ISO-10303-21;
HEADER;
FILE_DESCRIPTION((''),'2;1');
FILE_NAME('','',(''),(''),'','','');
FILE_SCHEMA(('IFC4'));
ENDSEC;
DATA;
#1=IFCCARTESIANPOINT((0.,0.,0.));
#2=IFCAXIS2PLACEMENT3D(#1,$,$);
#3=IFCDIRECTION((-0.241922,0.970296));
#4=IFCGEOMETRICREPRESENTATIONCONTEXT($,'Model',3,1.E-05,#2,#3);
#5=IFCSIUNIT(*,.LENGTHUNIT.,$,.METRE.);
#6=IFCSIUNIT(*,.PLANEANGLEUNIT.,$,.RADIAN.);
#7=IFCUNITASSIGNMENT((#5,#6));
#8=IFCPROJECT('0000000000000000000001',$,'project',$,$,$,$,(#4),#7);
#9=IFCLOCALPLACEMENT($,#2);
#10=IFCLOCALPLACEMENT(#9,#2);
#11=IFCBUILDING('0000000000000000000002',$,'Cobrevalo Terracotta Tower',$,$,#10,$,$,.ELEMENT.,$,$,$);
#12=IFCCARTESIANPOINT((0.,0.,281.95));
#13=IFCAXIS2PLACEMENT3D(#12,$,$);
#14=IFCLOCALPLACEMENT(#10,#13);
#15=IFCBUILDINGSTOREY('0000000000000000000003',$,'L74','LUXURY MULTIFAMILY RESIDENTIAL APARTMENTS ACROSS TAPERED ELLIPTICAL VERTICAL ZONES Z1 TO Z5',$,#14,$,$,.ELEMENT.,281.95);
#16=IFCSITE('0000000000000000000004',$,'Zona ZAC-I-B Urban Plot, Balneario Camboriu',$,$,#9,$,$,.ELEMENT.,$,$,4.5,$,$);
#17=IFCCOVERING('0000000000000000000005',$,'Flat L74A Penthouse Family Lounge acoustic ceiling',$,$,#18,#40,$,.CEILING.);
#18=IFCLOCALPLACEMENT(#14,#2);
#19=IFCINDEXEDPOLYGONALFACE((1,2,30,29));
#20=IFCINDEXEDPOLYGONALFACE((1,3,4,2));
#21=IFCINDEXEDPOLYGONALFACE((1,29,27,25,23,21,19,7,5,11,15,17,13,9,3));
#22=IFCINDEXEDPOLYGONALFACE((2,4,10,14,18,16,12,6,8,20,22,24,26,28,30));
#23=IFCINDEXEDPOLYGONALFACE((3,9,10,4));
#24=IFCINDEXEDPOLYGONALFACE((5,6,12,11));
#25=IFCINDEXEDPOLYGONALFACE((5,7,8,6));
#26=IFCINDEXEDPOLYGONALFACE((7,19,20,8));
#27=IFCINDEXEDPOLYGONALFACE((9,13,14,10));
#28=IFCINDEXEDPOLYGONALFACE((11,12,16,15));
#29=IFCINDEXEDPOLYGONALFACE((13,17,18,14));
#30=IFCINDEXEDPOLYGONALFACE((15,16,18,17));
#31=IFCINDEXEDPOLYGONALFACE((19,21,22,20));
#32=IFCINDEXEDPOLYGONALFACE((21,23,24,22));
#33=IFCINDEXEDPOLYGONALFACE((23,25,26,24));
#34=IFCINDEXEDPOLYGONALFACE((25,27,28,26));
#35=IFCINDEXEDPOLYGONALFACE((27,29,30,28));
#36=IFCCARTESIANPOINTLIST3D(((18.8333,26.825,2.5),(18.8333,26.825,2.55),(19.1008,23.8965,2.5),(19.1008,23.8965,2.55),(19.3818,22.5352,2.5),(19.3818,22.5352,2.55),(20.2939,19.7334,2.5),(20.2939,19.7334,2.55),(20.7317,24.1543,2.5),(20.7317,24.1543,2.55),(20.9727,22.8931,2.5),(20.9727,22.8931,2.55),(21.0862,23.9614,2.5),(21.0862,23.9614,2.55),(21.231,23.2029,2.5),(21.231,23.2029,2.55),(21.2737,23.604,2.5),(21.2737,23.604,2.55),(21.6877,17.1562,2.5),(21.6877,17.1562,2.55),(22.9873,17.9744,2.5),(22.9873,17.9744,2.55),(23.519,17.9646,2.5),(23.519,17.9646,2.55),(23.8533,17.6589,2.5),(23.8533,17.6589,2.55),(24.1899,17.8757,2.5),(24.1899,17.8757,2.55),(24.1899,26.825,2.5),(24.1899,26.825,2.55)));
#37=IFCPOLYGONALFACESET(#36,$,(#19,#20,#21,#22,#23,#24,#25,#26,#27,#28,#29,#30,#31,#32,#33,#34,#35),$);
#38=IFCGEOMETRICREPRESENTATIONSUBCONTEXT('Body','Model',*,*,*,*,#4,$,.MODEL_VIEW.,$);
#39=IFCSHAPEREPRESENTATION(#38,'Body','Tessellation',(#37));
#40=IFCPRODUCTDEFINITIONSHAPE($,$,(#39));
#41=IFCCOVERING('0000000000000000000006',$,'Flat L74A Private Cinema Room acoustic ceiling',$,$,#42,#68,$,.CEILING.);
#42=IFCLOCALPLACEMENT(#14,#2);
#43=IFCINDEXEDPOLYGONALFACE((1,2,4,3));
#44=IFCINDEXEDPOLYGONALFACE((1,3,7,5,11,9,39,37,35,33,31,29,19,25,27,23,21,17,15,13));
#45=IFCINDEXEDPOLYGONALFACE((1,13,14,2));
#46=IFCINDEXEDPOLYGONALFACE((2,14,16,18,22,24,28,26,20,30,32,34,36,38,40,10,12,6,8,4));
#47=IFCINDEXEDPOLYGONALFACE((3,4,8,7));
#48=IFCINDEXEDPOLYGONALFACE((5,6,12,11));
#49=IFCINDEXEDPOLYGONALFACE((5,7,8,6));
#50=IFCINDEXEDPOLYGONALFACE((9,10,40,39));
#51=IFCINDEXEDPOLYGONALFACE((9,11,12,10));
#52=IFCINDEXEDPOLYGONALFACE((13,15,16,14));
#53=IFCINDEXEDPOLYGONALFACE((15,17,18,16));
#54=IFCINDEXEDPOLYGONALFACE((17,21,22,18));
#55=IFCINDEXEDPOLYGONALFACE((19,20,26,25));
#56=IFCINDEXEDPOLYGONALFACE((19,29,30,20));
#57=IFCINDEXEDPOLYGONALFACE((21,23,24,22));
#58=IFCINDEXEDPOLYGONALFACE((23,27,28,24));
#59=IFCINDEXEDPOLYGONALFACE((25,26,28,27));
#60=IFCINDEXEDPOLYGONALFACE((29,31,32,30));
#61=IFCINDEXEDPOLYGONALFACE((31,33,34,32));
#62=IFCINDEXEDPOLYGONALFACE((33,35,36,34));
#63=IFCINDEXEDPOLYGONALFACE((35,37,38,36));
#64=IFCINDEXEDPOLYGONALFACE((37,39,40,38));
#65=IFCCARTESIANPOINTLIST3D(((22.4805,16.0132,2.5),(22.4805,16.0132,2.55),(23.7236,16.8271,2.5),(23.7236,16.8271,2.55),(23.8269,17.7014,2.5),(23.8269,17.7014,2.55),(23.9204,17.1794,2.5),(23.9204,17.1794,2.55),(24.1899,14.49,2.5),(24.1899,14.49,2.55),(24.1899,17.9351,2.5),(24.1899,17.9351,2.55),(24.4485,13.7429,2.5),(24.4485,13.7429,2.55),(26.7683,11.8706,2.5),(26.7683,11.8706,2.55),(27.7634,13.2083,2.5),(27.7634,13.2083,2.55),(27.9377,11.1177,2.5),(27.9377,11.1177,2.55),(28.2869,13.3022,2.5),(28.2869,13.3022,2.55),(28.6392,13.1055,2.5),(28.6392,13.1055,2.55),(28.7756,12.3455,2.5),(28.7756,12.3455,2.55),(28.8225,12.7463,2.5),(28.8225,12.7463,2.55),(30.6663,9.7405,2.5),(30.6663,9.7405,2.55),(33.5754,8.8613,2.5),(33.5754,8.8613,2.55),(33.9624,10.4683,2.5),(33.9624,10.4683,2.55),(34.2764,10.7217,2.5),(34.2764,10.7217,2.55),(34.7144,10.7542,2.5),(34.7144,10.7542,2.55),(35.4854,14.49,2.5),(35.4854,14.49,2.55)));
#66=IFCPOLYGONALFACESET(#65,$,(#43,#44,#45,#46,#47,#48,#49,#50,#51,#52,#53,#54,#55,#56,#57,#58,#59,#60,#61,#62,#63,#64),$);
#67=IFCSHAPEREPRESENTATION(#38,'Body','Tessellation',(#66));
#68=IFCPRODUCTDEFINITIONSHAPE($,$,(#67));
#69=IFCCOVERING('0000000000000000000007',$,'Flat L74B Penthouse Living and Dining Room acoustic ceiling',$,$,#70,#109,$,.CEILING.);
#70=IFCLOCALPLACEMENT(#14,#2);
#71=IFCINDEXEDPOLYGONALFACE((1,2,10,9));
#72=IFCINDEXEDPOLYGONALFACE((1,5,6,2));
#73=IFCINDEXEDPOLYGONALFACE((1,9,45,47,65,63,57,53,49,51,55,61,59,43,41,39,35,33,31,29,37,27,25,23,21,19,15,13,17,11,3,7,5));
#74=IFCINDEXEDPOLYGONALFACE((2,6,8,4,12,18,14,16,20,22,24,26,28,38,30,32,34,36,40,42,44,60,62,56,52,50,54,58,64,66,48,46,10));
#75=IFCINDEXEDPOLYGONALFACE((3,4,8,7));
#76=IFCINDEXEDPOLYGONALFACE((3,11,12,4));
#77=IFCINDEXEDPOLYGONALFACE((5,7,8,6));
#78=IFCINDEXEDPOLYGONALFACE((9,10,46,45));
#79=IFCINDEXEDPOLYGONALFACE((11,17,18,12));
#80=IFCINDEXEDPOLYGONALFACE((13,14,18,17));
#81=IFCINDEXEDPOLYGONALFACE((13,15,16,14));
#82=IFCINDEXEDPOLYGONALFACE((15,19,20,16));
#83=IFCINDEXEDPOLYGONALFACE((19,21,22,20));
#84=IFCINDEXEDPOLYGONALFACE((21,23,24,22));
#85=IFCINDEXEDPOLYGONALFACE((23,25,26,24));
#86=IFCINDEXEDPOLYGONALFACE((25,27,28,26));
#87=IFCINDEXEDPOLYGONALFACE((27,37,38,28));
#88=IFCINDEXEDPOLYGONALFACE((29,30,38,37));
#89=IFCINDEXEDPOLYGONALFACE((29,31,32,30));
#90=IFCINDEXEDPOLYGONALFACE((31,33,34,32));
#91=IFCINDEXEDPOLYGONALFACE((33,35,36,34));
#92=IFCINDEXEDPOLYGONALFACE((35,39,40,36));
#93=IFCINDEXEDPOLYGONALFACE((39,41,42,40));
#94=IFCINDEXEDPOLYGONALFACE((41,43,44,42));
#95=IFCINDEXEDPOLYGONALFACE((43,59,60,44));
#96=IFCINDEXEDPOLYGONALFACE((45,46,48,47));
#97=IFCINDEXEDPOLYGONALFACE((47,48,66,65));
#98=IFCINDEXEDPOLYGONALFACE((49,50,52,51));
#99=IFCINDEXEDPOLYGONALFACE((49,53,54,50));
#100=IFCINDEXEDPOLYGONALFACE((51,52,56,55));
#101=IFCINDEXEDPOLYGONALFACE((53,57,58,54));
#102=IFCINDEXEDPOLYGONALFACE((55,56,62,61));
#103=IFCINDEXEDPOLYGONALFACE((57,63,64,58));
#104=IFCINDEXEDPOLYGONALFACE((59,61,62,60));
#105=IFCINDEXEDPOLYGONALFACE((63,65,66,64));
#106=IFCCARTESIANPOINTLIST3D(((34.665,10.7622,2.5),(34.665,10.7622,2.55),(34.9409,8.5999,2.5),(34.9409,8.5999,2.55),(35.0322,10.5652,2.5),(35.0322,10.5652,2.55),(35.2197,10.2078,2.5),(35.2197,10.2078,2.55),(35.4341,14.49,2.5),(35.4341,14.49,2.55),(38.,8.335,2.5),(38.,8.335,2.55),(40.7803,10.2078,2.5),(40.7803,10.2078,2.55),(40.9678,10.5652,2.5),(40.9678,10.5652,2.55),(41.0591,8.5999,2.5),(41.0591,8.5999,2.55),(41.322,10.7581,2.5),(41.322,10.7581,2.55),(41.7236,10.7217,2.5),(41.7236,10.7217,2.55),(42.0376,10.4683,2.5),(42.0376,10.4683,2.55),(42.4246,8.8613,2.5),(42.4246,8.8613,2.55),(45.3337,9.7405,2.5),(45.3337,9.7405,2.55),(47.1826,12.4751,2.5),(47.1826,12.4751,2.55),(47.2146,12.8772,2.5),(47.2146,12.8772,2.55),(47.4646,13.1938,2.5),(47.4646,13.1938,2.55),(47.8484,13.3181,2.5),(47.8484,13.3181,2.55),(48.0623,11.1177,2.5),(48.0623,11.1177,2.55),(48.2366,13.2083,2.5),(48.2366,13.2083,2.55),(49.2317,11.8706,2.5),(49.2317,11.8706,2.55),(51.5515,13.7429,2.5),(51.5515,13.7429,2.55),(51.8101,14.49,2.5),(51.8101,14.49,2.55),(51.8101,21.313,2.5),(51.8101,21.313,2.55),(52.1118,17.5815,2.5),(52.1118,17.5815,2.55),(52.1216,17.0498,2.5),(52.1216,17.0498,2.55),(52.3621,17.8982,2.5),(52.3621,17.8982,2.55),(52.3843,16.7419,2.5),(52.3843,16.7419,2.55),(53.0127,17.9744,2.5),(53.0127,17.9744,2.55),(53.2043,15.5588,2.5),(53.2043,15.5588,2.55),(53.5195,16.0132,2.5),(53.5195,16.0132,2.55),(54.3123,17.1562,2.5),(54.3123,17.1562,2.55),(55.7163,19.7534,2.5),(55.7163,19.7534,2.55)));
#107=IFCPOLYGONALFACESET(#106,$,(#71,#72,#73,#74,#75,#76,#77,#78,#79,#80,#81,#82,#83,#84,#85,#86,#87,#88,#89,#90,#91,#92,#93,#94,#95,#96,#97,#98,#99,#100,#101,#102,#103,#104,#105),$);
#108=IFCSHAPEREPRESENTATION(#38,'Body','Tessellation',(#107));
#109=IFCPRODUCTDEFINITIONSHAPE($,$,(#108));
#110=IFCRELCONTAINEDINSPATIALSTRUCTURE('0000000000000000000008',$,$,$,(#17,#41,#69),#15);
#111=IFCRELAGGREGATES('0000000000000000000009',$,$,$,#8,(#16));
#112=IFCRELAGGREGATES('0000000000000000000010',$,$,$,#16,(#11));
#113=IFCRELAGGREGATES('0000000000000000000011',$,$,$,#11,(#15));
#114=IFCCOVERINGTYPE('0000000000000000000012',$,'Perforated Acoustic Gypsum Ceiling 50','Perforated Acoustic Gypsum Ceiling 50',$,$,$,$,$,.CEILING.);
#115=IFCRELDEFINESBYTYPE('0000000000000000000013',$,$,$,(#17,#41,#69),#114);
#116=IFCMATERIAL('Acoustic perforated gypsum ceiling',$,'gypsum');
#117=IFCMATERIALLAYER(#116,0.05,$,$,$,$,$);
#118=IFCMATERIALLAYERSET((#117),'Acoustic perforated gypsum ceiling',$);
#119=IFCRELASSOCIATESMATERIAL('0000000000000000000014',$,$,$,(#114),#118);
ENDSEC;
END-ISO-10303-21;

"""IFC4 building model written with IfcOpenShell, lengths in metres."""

from ifc_helpers import new_model, si_unit, direction, frame, origin, place, context, subcontext, project, spatial, polyline, outline, extrude, material, layer, layer_set, type_object, element, save


model = new_model("IFC4")

# Units and contexts
model_context = context("Model", 3, precision=1e-05, world=origin(), true_north=direction((-0.241922, 0.970296)))
body_context = subcontext(model_context, "Body", "Model", "MODEL_VIEW")
ifc_project = project(units=[si_unit("LENGTHUNIT", "METRE"), si_unit("PLANEANGLEUNIT", "RADIAN")], contexts=[model_context])

# Site, building, storey
site_placement = place(None, origin())
site = spatial("IfcSite", under=ifc_project, at=site_placement, Name="Zona ZAC-I-B Urban Plot, Balneario Camboriu", CompositionType="ELEMENT", RefElevation=4.5)
building_placement = place(site_placement, origin())
building = spatial("IfcBuilding", under=site, at=building_placement, Name="Cobrevalo Terracotta Tower", CompositionType="ELEMENT")
storey_placement = place(building_placement, frame((0.0, 0.0, 281.95)))
storey = spatial("IfcBuildingStorey", under=building, at=storey_placement, Name="L74", Description="LUXURY MULTIFAMILY RESIDENTIAL APARTMENTS ACROSS TAPERED ELLIPTICAL VERTICAL ZONES Z1 TO Z5", CompositionType="ELEMENT", Elevation=281.95)

# Coverings
ifc_material_1 = material(Name="Acoustic perforated gypsum ceiling", Category="gypsum")
ifc_layer_1 = layer(ifc_material_1, 0.05)
ifc_layer_set_1 = layer_set([ifc_layer_1], Name="Acoustic perforated gypsum ceiling")
covering_type_1 = type_object("IfcCoveringType", Name="Perforated Acoustic Gypsum Ceiling 50", Description="Perforated Acoustic Gypsum Ceiling 50", PredefinedType="CEILING", material=ifc_layer_set_1)
covering_1_placement = place(storey_placement, frame((0.0, 0.0, 2.5)))
element("IfcCovering", 1, at=covering_1_placement, inside=storey, type_object=covering_type_1, Name="Flat L74A Penthouse Family Lounge acoustic ceiling", PredefinedType="CEILING", context=body_context, shape_type="SweptSolid", body=[
    extrude(outline(polyline([(20.2939, 19.7334), (19.3818, 22.5352), (20.9727, 22.8931), (21.231, 23.2029), (21.2737, 23.604), (21.0862, 23.9614), (20.7317, 24.1543), (19.1008, 23.8965), (18.8333, 26.825), (24.1899, 26.825), (24.1899, 17.8757), (23.8533, 17.6589), (23.519, 17.9646), (22.9873, 17.9744), (21.6877, 17.1562), (20.2939, 19.7334)])), origin(), (0.0, 0.0, 1.0), 0.05),
])
covering_2_placement = place(storey_placement, frame((0.0, 0.0, 2.5)))
element("IfcCovering", 2, at=covering_2_placement, inside=storey, type_object=covering_type_1, Name="Flat L74A Private Cinema Room acoustic ceiling", PredefinedType="CEILING", context=body_context, shape_type="SweptSolid", body=[
    extrude(outline(polyline([(27.9377, 11.1177), (28.7756, 12.3455), (28.8225, 12.7463), (28.6392, 13.1055), (28.2869, 13.3022), (27.7634, 13.2083), (26.7683, 11.8706), (24.4485, 13.7429), (22.4805, 16.0132), (23.7236, 16.8271), (23.9204, 17.1794), (23.8269, 17.7014), (24.1899, 17.9351), (24.1899, 14.49), (35.4854, 14.49), (34.7144, 10.7542), (34.2764, 10.7217), (33.9624, 10.4683), (33.5754, 8.8613), (30.6663, 9.7405), (27.9377, 11.1177)])), origin(), (0.0, 0.0, 1.0), 0.05),
])
covering_3_placement = place(storey_placement, frame((0.0, 0.0, 2.5)))
element("IfcCovering", 3, at=covering_3_placement, inside=storey, type_object=covering_type_1, Name="Flat L74B Penthouse Living and Dining Room acoustic ceiling", PredefinedType="CEILING", context=body_context, shape_type="SweptSolid", body=[
    extrude(outline(polyline([(54.3123, 17.1562), (53.0127, 17.9744), (52.3621, 17.8982), (52.1118, 17.5815), (52.1216, 17.0498), (52.3843, 16.7419), (53.5195, 16.0132), (53.2043, 15.5588), (51.5515, 13.7429), (49.2317, 11.8706), (48.2366, 13.2083), (47.8484, 13.3181), (47.4646, 13.1938), (47.2146, 12.8772), (47.1826, 12.4751), (48.0623, 11.1177), (45.3337, 9.7405), (42.4246, 8.8613), (42.0376, 10.4683), (41.7236, 10.7217), (41.322, 10.7581), (40.9678, 10.5652), (40.7803, 10.2078), (41.0591, 8.5999), (38.0, 8.335), (34.9409, 8.5999), (35.2197, 10.2078), (35.0322, 10.5652), (34.665, 10.7622), (35.4341, 14.49), (51.8101, 14.49), (51.8101, 21.313), (55.7163, 19.7534), (54.3123, 17.1562)])), origin(), (0.0, 0.0, 1.0), 0.05),
])

save(model, "model.ifc")
